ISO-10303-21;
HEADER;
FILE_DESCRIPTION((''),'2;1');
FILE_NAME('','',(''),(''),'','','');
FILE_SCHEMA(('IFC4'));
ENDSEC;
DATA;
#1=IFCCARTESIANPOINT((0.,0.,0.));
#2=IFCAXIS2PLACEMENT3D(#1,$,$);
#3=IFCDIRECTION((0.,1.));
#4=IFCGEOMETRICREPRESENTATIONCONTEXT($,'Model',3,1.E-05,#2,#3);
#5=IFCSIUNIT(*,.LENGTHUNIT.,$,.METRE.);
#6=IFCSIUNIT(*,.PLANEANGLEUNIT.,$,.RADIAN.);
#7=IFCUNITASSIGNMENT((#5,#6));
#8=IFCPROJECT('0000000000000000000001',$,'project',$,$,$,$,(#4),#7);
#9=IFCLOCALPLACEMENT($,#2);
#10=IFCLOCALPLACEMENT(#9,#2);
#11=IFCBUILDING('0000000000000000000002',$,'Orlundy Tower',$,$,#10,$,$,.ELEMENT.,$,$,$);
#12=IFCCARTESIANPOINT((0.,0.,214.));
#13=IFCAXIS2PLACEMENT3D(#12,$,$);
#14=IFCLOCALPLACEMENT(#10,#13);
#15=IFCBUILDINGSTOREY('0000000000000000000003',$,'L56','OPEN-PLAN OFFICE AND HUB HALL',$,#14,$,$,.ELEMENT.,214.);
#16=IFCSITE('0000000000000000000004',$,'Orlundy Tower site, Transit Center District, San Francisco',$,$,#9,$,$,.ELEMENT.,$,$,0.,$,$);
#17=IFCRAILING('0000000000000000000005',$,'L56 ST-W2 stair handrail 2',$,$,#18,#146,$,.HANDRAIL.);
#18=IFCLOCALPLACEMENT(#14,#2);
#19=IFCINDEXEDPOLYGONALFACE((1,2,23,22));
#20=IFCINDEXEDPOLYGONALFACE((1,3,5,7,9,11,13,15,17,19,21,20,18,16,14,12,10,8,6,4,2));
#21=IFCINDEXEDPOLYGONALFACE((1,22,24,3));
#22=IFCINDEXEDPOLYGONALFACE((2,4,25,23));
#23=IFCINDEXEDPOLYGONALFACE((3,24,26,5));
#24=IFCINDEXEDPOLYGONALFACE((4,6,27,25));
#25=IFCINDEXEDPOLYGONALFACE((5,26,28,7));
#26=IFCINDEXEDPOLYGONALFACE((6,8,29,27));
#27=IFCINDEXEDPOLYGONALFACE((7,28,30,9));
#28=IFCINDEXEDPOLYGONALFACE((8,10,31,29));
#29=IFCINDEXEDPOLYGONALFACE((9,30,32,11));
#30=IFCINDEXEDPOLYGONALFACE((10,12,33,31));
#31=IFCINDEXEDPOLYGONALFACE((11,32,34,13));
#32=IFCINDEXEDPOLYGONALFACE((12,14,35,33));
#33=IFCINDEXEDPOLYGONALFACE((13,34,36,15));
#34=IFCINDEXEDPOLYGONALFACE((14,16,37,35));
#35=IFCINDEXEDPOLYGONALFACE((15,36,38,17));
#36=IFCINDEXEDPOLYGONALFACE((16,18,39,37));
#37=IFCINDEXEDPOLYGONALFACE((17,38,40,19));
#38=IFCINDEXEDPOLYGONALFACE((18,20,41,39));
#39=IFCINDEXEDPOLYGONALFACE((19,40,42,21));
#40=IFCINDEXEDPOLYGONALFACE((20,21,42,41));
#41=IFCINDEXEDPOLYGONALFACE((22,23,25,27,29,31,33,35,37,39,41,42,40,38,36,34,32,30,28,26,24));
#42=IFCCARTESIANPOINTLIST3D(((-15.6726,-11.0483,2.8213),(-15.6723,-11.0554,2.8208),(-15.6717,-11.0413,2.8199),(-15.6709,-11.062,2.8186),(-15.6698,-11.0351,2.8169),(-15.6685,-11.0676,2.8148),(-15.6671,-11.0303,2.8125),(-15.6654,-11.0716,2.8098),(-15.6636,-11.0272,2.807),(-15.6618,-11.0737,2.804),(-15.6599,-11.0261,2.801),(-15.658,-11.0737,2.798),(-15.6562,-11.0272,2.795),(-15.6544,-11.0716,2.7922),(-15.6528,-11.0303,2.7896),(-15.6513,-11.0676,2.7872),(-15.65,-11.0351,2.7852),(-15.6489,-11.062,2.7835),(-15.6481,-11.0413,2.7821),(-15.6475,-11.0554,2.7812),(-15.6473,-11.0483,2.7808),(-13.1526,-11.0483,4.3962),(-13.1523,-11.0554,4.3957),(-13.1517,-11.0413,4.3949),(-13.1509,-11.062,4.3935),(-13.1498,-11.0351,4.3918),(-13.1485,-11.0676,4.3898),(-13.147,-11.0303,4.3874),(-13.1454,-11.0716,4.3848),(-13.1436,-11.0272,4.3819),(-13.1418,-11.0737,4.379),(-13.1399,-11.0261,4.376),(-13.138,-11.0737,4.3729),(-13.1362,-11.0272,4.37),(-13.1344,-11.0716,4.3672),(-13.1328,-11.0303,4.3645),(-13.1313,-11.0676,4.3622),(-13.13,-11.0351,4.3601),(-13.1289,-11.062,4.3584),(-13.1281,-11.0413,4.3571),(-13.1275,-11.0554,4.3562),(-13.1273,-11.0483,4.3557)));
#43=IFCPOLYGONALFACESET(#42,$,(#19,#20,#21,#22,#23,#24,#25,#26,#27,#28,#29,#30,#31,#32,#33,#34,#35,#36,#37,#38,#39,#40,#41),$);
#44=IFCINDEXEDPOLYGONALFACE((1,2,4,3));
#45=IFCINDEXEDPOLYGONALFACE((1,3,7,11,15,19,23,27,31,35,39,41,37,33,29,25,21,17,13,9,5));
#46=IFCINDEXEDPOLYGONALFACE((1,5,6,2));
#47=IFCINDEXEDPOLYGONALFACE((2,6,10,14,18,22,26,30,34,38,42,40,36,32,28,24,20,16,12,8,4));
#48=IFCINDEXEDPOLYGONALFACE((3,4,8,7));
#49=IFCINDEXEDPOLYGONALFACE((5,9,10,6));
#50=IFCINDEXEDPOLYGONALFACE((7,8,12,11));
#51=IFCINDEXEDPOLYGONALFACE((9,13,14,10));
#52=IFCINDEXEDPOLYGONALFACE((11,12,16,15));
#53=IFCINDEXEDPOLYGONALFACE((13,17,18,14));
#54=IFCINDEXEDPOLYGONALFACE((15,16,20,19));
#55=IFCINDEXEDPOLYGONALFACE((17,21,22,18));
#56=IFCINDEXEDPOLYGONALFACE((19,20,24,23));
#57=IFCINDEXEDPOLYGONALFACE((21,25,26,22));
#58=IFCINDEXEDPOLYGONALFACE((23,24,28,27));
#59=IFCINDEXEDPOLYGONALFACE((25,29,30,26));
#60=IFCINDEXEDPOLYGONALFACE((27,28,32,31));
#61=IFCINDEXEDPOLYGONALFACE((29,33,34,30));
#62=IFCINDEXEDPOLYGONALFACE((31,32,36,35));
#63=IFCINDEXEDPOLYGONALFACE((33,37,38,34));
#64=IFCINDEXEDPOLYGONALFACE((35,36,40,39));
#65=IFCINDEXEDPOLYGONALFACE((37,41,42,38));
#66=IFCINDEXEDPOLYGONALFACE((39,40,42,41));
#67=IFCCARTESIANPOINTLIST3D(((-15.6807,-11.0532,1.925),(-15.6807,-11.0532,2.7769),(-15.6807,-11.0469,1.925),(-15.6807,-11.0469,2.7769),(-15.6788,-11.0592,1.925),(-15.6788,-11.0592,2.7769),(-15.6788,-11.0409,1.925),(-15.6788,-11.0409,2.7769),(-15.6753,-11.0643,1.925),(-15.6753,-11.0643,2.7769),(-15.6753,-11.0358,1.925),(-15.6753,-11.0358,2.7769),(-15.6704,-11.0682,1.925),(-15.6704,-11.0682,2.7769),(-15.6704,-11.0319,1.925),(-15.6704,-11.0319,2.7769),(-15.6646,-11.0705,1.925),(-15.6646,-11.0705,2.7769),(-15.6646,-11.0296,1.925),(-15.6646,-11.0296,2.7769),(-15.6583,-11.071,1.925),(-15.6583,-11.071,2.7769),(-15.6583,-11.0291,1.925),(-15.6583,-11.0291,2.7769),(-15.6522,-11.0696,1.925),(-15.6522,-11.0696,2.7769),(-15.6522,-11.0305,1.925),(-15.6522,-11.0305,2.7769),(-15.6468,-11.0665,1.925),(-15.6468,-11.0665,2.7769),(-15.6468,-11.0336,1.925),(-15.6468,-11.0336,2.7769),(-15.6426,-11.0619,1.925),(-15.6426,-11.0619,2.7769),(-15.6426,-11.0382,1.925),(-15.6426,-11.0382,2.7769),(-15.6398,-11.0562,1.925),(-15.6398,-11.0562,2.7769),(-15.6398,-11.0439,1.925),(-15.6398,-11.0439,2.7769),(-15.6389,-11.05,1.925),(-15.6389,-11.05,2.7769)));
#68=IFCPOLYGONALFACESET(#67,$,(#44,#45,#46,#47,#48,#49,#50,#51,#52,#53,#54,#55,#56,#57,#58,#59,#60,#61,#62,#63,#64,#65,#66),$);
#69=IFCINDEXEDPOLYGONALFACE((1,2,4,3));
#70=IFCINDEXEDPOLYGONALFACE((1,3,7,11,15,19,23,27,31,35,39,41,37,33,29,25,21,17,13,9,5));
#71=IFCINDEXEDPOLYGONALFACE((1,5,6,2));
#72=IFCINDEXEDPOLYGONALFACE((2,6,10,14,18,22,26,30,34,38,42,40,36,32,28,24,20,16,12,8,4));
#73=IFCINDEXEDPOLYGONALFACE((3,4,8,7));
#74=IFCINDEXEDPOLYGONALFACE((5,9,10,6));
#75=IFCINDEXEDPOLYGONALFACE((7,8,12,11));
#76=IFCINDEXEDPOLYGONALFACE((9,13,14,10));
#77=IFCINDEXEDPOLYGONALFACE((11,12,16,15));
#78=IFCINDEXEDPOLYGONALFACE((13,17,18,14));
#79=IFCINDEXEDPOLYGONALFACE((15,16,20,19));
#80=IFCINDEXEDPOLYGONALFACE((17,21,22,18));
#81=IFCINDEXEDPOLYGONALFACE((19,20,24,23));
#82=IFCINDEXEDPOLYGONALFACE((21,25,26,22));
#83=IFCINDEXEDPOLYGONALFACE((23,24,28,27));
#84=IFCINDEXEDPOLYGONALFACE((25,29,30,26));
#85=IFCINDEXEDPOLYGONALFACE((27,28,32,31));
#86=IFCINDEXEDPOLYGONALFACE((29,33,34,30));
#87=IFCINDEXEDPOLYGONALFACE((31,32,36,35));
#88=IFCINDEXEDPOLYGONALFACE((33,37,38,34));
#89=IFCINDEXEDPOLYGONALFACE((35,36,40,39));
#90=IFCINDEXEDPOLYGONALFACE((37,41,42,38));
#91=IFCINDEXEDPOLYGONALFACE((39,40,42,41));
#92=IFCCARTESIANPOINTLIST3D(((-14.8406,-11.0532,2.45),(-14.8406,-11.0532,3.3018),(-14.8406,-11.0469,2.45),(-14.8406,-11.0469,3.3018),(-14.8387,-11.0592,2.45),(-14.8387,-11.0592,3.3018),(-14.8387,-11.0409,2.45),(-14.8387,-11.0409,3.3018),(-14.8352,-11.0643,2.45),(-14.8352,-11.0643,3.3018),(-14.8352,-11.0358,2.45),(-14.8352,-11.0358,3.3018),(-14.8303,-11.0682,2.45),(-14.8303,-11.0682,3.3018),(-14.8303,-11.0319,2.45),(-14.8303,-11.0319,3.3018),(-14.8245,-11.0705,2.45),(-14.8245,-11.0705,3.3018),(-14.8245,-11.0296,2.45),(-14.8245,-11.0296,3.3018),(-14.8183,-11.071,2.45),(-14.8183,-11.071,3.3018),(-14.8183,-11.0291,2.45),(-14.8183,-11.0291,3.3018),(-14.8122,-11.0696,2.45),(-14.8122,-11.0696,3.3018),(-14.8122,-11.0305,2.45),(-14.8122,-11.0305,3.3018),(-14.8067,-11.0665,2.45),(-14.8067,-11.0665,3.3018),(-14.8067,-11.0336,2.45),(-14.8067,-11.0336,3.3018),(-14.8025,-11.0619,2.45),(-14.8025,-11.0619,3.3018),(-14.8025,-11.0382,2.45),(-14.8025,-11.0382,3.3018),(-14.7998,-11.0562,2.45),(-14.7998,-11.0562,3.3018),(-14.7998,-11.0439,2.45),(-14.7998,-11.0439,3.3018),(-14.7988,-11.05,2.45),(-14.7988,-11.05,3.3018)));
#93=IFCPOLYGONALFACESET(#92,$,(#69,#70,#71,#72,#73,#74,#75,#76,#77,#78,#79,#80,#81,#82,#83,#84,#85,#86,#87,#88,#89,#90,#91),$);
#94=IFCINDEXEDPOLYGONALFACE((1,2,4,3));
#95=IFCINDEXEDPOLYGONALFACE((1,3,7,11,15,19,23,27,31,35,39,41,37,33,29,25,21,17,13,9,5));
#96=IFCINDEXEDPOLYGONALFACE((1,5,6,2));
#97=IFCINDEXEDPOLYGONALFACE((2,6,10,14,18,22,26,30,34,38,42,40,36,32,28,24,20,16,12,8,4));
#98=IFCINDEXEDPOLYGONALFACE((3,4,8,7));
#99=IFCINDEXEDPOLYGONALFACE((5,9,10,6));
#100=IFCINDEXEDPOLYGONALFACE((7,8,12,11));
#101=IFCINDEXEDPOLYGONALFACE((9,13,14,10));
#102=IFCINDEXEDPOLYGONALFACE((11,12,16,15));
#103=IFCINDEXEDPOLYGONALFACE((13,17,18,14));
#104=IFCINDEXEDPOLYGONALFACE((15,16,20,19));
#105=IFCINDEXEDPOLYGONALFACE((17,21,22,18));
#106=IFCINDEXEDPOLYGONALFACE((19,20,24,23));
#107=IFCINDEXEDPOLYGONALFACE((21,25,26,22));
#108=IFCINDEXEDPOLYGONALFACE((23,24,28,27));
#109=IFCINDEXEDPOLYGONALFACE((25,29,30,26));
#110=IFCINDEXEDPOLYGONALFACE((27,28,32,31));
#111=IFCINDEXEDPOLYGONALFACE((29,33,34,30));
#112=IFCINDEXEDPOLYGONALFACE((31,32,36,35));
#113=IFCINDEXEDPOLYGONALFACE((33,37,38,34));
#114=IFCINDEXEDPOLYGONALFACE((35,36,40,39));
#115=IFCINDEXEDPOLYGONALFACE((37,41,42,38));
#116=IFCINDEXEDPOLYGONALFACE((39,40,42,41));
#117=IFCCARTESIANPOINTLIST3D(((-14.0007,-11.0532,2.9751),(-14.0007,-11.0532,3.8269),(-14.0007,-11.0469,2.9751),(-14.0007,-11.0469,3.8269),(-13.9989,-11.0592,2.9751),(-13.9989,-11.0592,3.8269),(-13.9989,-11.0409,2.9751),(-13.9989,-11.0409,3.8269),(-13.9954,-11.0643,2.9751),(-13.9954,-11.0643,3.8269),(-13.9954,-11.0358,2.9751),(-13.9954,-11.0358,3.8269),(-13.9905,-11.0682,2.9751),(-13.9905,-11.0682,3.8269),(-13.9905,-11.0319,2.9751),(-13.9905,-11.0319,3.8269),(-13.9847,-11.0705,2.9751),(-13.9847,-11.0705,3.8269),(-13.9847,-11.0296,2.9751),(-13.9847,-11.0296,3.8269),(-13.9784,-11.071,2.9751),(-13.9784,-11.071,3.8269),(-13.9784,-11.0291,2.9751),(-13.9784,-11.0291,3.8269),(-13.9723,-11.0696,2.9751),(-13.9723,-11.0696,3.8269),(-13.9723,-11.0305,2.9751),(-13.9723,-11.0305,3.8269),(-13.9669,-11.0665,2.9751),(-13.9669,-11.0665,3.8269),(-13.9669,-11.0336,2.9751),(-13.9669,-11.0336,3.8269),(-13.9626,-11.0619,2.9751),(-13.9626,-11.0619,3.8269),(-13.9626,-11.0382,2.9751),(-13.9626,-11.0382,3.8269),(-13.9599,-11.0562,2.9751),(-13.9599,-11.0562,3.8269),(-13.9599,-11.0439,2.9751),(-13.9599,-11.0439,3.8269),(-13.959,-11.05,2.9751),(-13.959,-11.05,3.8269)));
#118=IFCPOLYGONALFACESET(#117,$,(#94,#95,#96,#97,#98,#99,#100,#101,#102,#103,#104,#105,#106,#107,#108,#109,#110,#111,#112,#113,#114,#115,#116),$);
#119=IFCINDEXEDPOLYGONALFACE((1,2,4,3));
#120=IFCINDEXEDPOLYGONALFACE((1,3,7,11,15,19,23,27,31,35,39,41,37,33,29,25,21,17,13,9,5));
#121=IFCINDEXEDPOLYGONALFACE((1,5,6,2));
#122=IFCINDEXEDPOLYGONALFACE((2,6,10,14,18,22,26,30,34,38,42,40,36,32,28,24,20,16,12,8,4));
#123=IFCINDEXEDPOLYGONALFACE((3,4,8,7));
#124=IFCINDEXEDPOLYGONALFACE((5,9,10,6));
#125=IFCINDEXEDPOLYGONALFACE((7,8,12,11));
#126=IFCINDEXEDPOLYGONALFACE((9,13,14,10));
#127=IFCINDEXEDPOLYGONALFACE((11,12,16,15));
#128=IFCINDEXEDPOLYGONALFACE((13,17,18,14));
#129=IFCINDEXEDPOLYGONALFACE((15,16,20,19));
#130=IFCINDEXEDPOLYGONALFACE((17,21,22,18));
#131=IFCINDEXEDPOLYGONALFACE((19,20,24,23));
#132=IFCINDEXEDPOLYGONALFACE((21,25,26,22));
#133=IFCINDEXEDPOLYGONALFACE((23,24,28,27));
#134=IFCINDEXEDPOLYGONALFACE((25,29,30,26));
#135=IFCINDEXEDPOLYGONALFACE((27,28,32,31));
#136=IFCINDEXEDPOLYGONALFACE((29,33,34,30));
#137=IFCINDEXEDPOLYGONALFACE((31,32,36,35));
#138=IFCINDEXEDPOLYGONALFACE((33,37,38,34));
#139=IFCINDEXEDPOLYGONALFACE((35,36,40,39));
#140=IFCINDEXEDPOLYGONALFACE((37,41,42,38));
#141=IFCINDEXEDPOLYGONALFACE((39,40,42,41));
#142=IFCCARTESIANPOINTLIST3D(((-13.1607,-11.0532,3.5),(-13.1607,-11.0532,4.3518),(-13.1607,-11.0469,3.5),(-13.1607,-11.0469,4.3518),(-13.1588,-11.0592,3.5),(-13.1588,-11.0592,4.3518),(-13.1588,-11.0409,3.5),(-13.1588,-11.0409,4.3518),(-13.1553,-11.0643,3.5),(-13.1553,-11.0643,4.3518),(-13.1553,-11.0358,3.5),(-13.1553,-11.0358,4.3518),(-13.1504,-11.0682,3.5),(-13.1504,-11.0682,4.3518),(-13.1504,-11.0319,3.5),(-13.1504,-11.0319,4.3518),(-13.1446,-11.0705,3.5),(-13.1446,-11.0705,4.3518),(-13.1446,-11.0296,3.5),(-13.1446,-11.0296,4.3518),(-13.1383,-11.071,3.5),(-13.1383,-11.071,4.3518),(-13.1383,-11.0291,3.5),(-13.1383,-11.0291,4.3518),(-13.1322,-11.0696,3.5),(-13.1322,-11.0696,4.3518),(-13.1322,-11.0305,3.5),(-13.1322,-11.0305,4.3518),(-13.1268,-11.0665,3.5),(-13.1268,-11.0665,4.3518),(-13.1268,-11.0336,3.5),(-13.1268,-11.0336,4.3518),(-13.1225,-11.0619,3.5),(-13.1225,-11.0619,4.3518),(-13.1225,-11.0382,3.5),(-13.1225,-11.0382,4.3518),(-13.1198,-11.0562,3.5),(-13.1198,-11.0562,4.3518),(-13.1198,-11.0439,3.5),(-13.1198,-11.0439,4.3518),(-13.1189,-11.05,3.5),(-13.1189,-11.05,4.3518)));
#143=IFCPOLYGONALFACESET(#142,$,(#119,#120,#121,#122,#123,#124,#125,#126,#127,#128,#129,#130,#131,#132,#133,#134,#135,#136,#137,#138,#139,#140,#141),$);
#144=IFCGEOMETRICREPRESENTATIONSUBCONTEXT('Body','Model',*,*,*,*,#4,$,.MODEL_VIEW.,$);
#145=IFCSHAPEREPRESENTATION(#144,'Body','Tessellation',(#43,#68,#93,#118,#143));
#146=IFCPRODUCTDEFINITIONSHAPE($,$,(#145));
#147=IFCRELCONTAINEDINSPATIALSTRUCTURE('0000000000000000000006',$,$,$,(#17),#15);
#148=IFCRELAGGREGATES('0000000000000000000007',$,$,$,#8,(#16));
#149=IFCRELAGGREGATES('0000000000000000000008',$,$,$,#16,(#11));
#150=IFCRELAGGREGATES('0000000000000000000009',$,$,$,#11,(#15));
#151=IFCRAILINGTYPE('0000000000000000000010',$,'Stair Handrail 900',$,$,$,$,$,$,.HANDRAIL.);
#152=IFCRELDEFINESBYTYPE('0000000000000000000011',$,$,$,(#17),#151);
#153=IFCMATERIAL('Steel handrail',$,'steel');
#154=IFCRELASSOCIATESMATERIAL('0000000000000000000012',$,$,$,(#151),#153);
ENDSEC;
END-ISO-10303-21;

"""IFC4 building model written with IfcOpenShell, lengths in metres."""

from ifc_helpers import new_model, si_unit, direction, frame, origin, origin_2d, place, context, subcontext, project, spatial, circle, extrude, material, type_object, element, save


model = new_model("IFC4")

# Units and contexts
model_context = context("Model", 3, precision=1e-05, world=origin(), true_north=direction((0.0, 1.0)))
body_context = subcontext(model_context, "Body", "Model", "MODEL_VIEW")
ifc_project = project(units=[si_unit("LENGTHUNIT", "METRE"), si_unit("PLANEANGLEUNIT", "RADIAN")], contexts=[model_context])

# Site, building, storey
site_placement = place(None, origin())
site = spatial("IfcSite", under=ifc_project, at=site_placement, Name="Orlundy Tower site, Transit Center District, San Francisco", CompositionType="ELEMENT", RefElevation=0.0)
building_placement = place(site_placement, origin())
building = spatial("IfcBuilding", under=site, at=building_placement, Name="Orlundy Tower", CompositionType="ELEMENT")
storey_placement = place(building_placement, frame((0.0, 0.0, 214.0)))
storey = spatial("IfcBuildingStorey", under=building, at=storey_placement, Name="L56", Description="OPEN-PLAN OFFICE AND HUB HALL", CompositionType="ELEMENT", Elevation=214.0)

# Railing
ifc_material_1 = material(Name="Steel handrail", Category="steel")
railing_type_1 = type_object("IfcRailingType", Name="Stair Handrail 900", PredefinedType="HANDRAIL", material=ifc_material_1)
railing_1_placement = place(storey_placement, frame((-15.6599, -11.05, 1.925)))
element("IfcRailing", 1, at=railing_1_placement, inside=storey, type_object=railing_type_1, Name="L56 ST-W2 stair handrail 2", PredefinedType="HANDRAIL", context=body_context, shape_type="SweptSolid", body=[
    extrude(circle(Radius=0.0239, at=origin_2d()), frame((0.0, 0.0, 0.876), z_axis=(0.848008, 0.0, 0.529984), x_axis=(0.0, 1.0, 0.0)), (0.0, 0.0, 1.0), 2.9717),
    extrude(circle(Radius=0.021, at=origin_2d()), origin(), (0.0, 0.0, 1.0), 0.8518),
    extrude(circle(Radius=0.021, at=origin_2d()), frame((0.8401, 0.0, 0.5249)), (0.0, 0.0, 1.0), 0.8518),
    extrude(circle(Radius=0.021, at=origin_2d()), frame((1.6799, 0.0, 1.05)), (0.0, 0.0, 1.0), 0.8518),
    extrude(circle(Radius=0.021, at=origin_2d()), frame((2.52, 0.0, 1.575)), (0.0, 0.0, 1.0), 0.8518),
])

save(model, "model.ifc")
